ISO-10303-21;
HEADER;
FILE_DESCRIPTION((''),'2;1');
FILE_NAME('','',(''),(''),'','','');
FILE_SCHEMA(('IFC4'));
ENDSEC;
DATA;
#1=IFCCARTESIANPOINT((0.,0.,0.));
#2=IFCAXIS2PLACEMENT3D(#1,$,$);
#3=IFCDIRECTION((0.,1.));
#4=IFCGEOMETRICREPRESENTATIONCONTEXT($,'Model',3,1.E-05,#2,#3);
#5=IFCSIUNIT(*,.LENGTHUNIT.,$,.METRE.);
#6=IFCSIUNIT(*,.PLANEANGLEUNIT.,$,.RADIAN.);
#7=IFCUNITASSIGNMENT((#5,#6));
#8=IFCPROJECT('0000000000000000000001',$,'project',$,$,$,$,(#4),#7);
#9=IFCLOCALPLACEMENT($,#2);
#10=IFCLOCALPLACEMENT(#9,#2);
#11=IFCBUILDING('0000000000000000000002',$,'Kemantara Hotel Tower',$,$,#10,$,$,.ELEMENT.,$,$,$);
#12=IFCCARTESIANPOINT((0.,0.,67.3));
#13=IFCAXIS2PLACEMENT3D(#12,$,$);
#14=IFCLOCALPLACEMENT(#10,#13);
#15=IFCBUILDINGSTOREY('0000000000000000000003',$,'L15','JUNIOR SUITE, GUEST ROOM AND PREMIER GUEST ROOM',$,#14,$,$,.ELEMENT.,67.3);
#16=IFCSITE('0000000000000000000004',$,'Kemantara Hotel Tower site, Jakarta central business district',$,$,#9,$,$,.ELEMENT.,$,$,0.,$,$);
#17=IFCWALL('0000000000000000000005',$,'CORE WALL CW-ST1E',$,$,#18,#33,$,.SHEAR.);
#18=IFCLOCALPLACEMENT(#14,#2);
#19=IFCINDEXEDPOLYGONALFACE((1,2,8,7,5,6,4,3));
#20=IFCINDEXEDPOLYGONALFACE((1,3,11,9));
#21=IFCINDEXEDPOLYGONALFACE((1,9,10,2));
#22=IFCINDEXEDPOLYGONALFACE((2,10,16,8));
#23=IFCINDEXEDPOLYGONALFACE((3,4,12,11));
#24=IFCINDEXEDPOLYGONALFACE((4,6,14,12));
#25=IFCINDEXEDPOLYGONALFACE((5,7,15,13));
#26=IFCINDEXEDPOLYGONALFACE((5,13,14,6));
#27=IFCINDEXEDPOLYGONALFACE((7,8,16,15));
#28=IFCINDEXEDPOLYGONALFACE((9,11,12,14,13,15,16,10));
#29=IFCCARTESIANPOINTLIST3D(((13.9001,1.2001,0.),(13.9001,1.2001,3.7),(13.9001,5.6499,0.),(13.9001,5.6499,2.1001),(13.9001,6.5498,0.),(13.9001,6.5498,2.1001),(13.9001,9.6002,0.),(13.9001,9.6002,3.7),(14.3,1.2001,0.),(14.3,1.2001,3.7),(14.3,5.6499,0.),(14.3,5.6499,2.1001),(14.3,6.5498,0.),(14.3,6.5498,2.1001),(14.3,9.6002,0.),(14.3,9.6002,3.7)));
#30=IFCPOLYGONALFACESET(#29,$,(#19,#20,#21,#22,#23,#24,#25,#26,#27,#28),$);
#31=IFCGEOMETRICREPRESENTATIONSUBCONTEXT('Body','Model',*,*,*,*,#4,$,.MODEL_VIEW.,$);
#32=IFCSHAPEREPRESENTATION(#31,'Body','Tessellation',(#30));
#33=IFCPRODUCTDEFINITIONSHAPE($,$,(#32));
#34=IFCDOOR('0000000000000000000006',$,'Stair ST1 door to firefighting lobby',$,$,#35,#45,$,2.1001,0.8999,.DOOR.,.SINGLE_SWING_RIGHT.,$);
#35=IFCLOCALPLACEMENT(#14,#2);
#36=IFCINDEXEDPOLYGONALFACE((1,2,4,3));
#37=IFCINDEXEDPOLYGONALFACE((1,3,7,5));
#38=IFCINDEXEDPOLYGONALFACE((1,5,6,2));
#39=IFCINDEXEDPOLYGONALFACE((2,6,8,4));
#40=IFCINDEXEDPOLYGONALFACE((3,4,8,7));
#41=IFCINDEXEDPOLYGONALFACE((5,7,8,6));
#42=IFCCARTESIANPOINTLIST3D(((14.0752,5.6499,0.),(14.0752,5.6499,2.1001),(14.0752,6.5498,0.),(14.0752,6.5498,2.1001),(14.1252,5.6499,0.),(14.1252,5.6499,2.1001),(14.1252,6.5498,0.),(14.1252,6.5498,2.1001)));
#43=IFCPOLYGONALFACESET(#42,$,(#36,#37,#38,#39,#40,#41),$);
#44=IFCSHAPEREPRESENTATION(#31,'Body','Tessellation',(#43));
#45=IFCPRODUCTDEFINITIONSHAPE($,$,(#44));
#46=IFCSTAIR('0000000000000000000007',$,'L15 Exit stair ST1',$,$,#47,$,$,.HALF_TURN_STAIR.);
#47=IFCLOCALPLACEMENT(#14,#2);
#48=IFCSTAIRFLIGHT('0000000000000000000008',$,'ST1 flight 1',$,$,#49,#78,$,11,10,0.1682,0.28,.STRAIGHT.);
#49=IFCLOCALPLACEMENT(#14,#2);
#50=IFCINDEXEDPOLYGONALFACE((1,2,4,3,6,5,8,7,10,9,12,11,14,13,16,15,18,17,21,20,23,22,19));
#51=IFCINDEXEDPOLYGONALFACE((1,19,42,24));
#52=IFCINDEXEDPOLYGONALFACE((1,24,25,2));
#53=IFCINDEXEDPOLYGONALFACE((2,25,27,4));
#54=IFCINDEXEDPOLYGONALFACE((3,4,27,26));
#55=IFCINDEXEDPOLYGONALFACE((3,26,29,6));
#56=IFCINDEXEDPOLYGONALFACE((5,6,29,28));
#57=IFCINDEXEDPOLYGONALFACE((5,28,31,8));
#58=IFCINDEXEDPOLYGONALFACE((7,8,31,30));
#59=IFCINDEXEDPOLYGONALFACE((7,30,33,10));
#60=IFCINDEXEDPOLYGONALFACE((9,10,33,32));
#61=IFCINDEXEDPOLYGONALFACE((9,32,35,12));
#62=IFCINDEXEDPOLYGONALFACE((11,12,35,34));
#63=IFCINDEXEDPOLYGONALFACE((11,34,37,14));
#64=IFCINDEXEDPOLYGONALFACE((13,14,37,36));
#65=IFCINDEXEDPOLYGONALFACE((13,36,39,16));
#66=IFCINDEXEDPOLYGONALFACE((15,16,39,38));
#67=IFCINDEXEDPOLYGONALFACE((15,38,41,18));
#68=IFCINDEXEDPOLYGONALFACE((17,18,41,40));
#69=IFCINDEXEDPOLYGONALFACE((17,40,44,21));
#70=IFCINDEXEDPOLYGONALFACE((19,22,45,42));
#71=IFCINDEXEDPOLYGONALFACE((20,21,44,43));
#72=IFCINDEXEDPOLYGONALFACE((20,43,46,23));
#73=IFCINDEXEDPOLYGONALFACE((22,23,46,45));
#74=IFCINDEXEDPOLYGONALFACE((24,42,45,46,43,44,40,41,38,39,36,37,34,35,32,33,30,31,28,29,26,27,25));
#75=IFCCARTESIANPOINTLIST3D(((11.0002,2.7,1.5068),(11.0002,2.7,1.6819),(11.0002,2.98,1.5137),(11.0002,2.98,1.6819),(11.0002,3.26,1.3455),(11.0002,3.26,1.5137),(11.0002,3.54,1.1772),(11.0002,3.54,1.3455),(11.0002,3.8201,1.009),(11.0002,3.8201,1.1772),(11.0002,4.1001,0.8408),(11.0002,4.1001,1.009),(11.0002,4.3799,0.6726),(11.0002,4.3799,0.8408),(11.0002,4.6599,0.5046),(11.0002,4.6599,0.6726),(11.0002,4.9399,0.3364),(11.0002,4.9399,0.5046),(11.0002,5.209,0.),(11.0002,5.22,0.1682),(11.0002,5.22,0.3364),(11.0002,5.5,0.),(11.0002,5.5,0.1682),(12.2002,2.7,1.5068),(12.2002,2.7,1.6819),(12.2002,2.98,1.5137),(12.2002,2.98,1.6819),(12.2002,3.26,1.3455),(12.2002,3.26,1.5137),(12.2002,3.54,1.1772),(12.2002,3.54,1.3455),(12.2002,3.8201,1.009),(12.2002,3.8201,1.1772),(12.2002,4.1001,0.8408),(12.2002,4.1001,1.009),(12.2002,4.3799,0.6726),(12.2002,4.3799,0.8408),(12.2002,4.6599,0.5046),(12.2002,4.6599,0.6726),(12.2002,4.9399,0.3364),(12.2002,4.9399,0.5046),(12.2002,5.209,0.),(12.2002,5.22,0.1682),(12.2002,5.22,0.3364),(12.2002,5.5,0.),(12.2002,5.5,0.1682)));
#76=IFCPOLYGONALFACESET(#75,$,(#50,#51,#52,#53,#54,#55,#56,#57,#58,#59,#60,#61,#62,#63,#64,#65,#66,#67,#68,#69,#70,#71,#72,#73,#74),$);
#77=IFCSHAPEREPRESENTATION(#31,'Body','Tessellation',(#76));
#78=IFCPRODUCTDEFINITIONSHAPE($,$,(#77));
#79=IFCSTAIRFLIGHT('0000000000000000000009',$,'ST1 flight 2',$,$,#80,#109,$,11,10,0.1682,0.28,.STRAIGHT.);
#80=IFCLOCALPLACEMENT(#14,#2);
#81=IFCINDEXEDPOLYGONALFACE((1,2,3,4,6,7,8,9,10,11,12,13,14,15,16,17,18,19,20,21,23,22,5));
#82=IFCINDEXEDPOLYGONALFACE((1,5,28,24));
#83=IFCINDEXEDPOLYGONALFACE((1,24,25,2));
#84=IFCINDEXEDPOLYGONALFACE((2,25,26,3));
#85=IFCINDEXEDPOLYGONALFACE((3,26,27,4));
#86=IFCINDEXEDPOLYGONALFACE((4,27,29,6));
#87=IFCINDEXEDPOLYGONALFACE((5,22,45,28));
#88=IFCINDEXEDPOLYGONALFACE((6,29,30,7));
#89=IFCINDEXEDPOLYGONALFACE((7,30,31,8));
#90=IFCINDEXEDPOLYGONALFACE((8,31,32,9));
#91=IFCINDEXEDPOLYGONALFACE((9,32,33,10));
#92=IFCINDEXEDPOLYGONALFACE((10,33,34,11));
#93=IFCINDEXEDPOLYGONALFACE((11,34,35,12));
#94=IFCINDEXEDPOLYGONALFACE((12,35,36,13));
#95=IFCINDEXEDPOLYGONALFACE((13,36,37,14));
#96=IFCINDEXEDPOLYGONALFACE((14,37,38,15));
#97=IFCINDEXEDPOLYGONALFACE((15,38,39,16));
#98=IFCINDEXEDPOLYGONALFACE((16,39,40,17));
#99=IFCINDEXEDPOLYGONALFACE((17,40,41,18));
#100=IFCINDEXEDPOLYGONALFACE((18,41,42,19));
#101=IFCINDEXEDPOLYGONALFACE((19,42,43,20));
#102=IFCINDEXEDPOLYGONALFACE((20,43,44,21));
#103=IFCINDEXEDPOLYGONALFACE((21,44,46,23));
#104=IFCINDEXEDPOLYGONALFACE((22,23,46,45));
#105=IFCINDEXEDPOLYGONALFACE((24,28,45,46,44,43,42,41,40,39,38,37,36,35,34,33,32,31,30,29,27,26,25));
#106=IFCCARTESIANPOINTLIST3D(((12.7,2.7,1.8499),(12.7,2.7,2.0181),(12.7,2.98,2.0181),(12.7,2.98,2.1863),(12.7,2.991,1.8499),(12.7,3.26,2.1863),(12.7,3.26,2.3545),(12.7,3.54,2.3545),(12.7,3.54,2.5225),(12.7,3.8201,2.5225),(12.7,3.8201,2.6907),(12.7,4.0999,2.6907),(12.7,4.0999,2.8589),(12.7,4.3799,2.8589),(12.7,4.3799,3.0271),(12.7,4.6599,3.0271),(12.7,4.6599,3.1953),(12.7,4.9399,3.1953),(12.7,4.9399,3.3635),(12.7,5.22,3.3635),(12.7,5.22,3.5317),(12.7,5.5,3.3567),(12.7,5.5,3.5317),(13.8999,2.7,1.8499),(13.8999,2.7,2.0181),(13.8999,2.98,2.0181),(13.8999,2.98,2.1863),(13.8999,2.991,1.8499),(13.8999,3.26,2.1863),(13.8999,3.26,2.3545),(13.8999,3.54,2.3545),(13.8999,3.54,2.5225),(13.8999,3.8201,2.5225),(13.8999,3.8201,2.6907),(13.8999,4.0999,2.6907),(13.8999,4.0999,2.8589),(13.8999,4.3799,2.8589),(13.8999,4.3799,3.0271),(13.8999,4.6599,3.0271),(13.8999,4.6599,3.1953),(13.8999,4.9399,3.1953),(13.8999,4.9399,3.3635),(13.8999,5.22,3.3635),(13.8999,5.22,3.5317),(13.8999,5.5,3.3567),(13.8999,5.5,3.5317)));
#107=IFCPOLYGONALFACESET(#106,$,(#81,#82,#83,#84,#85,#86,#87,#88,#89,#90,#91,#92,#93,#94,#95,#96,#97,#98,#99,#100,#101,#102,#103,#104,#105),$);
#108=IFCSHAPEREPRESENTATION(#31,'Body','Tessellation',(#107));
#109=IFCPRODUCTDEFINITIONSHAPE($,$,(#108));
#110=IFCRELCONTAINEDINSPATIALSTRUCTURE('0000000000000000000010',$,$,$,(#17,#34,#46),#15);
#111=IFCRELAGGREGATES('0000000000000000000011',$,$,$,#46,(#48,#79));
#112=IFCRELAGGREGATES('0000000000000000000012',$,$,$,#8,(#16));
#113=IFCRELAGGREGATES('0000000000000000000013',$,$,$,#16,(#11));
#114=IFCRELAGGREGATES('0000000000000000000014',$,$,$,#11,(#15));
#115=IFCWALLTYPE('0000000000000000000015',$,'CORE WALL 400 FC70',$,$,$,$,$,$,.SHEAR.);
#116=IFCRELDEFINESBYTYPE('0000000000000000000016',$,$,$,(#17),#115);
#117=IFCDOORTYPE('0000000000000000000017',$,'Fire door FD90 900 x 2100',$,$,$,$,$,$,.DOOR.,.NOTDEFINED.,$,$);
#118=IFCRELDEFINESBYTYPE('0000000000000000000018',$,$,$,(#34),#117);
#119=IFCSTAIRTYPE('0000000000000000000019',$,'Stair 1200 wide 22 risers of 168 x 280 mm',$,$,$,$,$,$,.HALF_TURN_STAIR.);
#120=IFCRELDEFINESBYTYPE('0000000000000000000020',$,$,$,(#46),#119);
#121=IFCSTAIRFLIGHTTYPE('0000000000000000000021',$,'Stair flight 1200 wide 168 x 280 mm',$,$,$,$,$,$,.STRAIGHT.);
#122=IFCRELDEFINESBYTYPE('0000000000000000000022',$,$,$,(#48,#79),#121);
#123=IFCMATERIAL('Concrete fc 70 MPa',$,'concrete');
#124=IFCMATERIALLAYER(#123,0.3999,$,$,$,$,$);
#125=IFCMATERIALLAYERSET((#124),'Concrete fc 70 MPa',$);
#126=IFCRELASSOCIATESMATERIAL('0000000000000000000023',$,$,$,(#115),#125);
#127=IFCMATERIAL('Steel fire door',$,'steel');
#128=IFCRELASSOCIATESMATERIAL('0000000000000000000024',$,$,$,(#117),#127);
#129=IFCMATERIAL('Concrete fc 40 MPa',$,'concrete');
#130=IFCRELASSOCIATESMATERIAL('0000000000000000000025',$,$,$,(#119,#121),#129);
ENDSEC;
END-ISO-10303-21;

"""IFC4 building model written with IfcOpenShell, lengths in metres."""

from ifc_helpers import new_model, si_unit, direction, frame, frame_2d, origin, place, context, subcontext, project, spatial, polyline, rectangle, outline, extrude, material, layer, layer_set, type_object, element, fill, aggregate, save


model = new_model("IFC4")

# Units and contexts
model_context = context("Model", 3, precision=1e-05, world=origin(), true_north=direction((0.0, 1.0)))
body_context = subcontext(model_context, "Body", "Model", "MODEL_VIEW")
ifc_project = project(units=[si_unit("LENGTHUNIT", "METRE"), si_unit("PLANEANGLEUNIT", "RADIAN")], contexts=[model_context])

# Site, building, storey
site_placement = place(None, origin())
site = spatial("IfcSite", under=ifc_project, at=site_placement, Name="Kemantara Hotel Tower site, Jakarta central business district", CompositionType="ELEMENT", RefElevation=0.0)
building_placement = place(site_placement, origin())
building = spatial("IfcBuilding", under=site, at=building_placement, Name="Kemantara Hotel Tower", CompositionType="ELEMENT")
storey_placement = place(building_placement, frame((0.0, 0.0, 67.3)))
storey = spatial("IfcBuildingStorey", under=building, at=storey_placement, Name="L15", Description="JUNIOR SUITE, GUEST ROOM AND PREMIER GUEST ROOM", CompositionType="ELEMENT", Elevation=67.3)

# Shared definitions
ifc_material_1 = material(Name="Concrete fc 70 MPa", Category="concrete")

# Shared definitions
ifc_layer_1 = layer(ifc_material_1, 0.3999)
ifc_layer_set_1 = layer_set([ifc_layer_1], Name="Concrete fc 70 MPa")
wall_type_1 = type_object("IfcWallType", Name="CORE WALL 400 FC70", PredefinedType="SHEAR", material=ifc_layer_set_1)
ifc_material_2 = material(Name="Steel fire door", Category="steel")

# Wall, opening, door
wall_1_placement = place(storey_placement, frame((14.1001, 1.2, 0.0), z_axis=(0.0, 0.0, 1.0), x_axis=(0.0, 1.0, 0.0)))
wall_1 = element("IfcWall", 1, at=wall_1_placement, inside=storey, type_object=wall_type_1, Name="CORE WALL CW-ST1E", PredefinedType="SHEAR", context=body_context, shape_type="SweptSolid", body=[
    extrude(rectangle(XDim=8.4001, YDim=0.3999, at=frame_2d((4.2002, 0.0))), origin(), (0.0, 0.0, 1.0), 3.7),
])
opening_1_placement = place(wall_1_placement, frame((4.45, 0.0, 0.0)))
opening_1 = element("IfcOpeningElement", 2, at=opening_1_placement, cuts=wall_1, PredefinedType="OPENING", context=body_context, shape_type="SweptSolid", body=[
    extrude(rectangle(XDim=0.8999, YDim=2.1001, at=frame_2d((0.45, 1.05))), frame((0.0, 0.21, 0.0), z_axis=(0.0, -1.0, 0.0), x_axis=(1.0, 0.0, 0.0)), (0.0, 0.0, 1.0), 0.4199),
])
door_type_1 = type_object("IfcDoorType", Name="Fire door FD90 900 x 2100", OperationType="NOTDEFINED", PredefinedType="DOOR", material=ifc_material_2)
door_1_placement = place(opening_1_placement, origin())
door_1 = element("IfcDoor", 3, at=door_1_placement, inside=storey, type_object=door_type_1, Name="Stair ST1 door to firefighting lobby", OperationType="SINGLE_SWING_RIGHT", OverallHeight=2.1001, OverallWidth=0.8999, PredefinedType="DOOR", context=body_context, shape_type="SweptSolid", body=[
    extrude(rectangle(XDim=0.8999, YDim=2.1001, at=frame_2d((0.45, 1.05))), frame((0.0, 0.0249, 0.0), z_axis=(0.0, -1.0, 0.0), x_axis=(1.0, 0.0, 0.0)), (0.0, 0.0, 1.0), 0.05),
])
fill(opening_1, door_1)

# Stair, stair flights
ifc_material_3 = material(Name="Concrete fc 40 MPa", Category="concrete")
stair_type = type_object("IfcStairType", Name="Stair 1200 wide 22 risers of 168 x 280 mm", PredefinedType="HALF_TURN_STAIR", material=ifc_material_3)
stair_placement = place(storey_placement, origin())
stair = element("IfcStair", 4, at=stair_placement, inside=storey, type_object=stair_type, Name="L15 Exit stair ST1", PredefinedType="HALF_TURN_STAIR")
stair_flight_type = type_object("IfcStairFlightType", Name="Stair flight 1200 wide 168 x 280 mm", PredefinedType="STRAIGHT", material=ifc_material_3)
stair_flight_1_placement = place(storey_placement, frame((11.6001, 5.5, 0.0), z_axis=(0.0, 0.0, 1.0), x_axis=(0.0, -1.0, 0.0)))
stair_flight_1 = element("IfcStairFlight", 5, at=stair_flight_1_placement, type_object=stair_flight_type, Name="ST1 flight 1", NumberOfRisers=11, NumberOfTreads=10, PredefinedType="STRAIGHT", RiserHeight=0.1682, TreadLength=0.28, context=body_context, shape_type="SweptSolid", body=[
    extrude(outline(polyline([(0.0, 0.0), (0.0, 0.1682), (0.28, 0.1682), (0.28, 0.3364), (0.5601, 0.3364), (0.5601, 0.5046), (0.8401, 0.5046), (0.8401, 0.6726), (1.1201, 0.6726), (1.1201, 0.8408), (1.3999, 0.8408), (1.3999, 1.009), (1.6799, 1.009), (1.6799, 1.1772), (1.96, 1.1772), (1.96, 1.3455), (2.24, 1.3455), (2.24, 1.5137), (2.52, 1.5137), (2.52, 1.6819), (2.8, 1.6819), (2.8, 1.8501), (2.8, 1.5068), (0.291, 0.0), (0.0, 0.0)])), frame((0.0, 0.6001, 0.0), z_axis=(0.0, -1.0, 0.0), x_axis=(1.0, 0.0, 0.0)), (0.0, 0.0, 1.0), 1.2),
])
stair_flight_2_placement = place(storey_placement, frame((13.3, 2.7, 1.8499), z_axis=(0.0, 0.0, 1.0), x_axis=(0.0, 1.0, 0.0)))
stair_flight_2 = element("IfcStairFlight", 6, at=stair_flight_2_placement, type_object=stair_flight_type, Name="ST1 flight 2", NumberOfRisers=11, NumberOfTreads=10, PredefinedType="STRAIGHT", RiserHeight=0.1682, TreadLength=0.28, context=body_context, shape_type="SweptSolid", body=[
    extrude(outline(polyline([(0.0, 0.0), (0.0, 0.1682), (0.28, 0.1682), (0.28, 0.3364), (0.5601, 0.3364), (0.5601, 0.5046), (0.8401, 0.5046), (0.8401, 0.6726), (1.1201, 0.6726), (1.1201, 0.8408), (1.3999, 0.8408), (1.3999, 1.009), (1.6799, 1.009), (1.6799, 1.1772), (1.96, 1.1772), (1.96, 1.3455), (2.24, 1.3455), (2.24, 1.5137), (2.52, 1.5137), (2.52, 1.6819), (2.8, 1.6819), (2.8, 1.8501), (2.8, 1.5068), (0.291, 0.0), (0.0, 0.0)])), frame((0.0, 0.6001, 0.0), z_axis=(0.0, -1.0, 0.0), x_axis=(1.0, 0.0, 0.0)), (0.0, 0.0, 1.0), 1.2),
])
aggregate(stair, [stair_flight_1, stair_flight_2])

save(model, "model.ifc")
